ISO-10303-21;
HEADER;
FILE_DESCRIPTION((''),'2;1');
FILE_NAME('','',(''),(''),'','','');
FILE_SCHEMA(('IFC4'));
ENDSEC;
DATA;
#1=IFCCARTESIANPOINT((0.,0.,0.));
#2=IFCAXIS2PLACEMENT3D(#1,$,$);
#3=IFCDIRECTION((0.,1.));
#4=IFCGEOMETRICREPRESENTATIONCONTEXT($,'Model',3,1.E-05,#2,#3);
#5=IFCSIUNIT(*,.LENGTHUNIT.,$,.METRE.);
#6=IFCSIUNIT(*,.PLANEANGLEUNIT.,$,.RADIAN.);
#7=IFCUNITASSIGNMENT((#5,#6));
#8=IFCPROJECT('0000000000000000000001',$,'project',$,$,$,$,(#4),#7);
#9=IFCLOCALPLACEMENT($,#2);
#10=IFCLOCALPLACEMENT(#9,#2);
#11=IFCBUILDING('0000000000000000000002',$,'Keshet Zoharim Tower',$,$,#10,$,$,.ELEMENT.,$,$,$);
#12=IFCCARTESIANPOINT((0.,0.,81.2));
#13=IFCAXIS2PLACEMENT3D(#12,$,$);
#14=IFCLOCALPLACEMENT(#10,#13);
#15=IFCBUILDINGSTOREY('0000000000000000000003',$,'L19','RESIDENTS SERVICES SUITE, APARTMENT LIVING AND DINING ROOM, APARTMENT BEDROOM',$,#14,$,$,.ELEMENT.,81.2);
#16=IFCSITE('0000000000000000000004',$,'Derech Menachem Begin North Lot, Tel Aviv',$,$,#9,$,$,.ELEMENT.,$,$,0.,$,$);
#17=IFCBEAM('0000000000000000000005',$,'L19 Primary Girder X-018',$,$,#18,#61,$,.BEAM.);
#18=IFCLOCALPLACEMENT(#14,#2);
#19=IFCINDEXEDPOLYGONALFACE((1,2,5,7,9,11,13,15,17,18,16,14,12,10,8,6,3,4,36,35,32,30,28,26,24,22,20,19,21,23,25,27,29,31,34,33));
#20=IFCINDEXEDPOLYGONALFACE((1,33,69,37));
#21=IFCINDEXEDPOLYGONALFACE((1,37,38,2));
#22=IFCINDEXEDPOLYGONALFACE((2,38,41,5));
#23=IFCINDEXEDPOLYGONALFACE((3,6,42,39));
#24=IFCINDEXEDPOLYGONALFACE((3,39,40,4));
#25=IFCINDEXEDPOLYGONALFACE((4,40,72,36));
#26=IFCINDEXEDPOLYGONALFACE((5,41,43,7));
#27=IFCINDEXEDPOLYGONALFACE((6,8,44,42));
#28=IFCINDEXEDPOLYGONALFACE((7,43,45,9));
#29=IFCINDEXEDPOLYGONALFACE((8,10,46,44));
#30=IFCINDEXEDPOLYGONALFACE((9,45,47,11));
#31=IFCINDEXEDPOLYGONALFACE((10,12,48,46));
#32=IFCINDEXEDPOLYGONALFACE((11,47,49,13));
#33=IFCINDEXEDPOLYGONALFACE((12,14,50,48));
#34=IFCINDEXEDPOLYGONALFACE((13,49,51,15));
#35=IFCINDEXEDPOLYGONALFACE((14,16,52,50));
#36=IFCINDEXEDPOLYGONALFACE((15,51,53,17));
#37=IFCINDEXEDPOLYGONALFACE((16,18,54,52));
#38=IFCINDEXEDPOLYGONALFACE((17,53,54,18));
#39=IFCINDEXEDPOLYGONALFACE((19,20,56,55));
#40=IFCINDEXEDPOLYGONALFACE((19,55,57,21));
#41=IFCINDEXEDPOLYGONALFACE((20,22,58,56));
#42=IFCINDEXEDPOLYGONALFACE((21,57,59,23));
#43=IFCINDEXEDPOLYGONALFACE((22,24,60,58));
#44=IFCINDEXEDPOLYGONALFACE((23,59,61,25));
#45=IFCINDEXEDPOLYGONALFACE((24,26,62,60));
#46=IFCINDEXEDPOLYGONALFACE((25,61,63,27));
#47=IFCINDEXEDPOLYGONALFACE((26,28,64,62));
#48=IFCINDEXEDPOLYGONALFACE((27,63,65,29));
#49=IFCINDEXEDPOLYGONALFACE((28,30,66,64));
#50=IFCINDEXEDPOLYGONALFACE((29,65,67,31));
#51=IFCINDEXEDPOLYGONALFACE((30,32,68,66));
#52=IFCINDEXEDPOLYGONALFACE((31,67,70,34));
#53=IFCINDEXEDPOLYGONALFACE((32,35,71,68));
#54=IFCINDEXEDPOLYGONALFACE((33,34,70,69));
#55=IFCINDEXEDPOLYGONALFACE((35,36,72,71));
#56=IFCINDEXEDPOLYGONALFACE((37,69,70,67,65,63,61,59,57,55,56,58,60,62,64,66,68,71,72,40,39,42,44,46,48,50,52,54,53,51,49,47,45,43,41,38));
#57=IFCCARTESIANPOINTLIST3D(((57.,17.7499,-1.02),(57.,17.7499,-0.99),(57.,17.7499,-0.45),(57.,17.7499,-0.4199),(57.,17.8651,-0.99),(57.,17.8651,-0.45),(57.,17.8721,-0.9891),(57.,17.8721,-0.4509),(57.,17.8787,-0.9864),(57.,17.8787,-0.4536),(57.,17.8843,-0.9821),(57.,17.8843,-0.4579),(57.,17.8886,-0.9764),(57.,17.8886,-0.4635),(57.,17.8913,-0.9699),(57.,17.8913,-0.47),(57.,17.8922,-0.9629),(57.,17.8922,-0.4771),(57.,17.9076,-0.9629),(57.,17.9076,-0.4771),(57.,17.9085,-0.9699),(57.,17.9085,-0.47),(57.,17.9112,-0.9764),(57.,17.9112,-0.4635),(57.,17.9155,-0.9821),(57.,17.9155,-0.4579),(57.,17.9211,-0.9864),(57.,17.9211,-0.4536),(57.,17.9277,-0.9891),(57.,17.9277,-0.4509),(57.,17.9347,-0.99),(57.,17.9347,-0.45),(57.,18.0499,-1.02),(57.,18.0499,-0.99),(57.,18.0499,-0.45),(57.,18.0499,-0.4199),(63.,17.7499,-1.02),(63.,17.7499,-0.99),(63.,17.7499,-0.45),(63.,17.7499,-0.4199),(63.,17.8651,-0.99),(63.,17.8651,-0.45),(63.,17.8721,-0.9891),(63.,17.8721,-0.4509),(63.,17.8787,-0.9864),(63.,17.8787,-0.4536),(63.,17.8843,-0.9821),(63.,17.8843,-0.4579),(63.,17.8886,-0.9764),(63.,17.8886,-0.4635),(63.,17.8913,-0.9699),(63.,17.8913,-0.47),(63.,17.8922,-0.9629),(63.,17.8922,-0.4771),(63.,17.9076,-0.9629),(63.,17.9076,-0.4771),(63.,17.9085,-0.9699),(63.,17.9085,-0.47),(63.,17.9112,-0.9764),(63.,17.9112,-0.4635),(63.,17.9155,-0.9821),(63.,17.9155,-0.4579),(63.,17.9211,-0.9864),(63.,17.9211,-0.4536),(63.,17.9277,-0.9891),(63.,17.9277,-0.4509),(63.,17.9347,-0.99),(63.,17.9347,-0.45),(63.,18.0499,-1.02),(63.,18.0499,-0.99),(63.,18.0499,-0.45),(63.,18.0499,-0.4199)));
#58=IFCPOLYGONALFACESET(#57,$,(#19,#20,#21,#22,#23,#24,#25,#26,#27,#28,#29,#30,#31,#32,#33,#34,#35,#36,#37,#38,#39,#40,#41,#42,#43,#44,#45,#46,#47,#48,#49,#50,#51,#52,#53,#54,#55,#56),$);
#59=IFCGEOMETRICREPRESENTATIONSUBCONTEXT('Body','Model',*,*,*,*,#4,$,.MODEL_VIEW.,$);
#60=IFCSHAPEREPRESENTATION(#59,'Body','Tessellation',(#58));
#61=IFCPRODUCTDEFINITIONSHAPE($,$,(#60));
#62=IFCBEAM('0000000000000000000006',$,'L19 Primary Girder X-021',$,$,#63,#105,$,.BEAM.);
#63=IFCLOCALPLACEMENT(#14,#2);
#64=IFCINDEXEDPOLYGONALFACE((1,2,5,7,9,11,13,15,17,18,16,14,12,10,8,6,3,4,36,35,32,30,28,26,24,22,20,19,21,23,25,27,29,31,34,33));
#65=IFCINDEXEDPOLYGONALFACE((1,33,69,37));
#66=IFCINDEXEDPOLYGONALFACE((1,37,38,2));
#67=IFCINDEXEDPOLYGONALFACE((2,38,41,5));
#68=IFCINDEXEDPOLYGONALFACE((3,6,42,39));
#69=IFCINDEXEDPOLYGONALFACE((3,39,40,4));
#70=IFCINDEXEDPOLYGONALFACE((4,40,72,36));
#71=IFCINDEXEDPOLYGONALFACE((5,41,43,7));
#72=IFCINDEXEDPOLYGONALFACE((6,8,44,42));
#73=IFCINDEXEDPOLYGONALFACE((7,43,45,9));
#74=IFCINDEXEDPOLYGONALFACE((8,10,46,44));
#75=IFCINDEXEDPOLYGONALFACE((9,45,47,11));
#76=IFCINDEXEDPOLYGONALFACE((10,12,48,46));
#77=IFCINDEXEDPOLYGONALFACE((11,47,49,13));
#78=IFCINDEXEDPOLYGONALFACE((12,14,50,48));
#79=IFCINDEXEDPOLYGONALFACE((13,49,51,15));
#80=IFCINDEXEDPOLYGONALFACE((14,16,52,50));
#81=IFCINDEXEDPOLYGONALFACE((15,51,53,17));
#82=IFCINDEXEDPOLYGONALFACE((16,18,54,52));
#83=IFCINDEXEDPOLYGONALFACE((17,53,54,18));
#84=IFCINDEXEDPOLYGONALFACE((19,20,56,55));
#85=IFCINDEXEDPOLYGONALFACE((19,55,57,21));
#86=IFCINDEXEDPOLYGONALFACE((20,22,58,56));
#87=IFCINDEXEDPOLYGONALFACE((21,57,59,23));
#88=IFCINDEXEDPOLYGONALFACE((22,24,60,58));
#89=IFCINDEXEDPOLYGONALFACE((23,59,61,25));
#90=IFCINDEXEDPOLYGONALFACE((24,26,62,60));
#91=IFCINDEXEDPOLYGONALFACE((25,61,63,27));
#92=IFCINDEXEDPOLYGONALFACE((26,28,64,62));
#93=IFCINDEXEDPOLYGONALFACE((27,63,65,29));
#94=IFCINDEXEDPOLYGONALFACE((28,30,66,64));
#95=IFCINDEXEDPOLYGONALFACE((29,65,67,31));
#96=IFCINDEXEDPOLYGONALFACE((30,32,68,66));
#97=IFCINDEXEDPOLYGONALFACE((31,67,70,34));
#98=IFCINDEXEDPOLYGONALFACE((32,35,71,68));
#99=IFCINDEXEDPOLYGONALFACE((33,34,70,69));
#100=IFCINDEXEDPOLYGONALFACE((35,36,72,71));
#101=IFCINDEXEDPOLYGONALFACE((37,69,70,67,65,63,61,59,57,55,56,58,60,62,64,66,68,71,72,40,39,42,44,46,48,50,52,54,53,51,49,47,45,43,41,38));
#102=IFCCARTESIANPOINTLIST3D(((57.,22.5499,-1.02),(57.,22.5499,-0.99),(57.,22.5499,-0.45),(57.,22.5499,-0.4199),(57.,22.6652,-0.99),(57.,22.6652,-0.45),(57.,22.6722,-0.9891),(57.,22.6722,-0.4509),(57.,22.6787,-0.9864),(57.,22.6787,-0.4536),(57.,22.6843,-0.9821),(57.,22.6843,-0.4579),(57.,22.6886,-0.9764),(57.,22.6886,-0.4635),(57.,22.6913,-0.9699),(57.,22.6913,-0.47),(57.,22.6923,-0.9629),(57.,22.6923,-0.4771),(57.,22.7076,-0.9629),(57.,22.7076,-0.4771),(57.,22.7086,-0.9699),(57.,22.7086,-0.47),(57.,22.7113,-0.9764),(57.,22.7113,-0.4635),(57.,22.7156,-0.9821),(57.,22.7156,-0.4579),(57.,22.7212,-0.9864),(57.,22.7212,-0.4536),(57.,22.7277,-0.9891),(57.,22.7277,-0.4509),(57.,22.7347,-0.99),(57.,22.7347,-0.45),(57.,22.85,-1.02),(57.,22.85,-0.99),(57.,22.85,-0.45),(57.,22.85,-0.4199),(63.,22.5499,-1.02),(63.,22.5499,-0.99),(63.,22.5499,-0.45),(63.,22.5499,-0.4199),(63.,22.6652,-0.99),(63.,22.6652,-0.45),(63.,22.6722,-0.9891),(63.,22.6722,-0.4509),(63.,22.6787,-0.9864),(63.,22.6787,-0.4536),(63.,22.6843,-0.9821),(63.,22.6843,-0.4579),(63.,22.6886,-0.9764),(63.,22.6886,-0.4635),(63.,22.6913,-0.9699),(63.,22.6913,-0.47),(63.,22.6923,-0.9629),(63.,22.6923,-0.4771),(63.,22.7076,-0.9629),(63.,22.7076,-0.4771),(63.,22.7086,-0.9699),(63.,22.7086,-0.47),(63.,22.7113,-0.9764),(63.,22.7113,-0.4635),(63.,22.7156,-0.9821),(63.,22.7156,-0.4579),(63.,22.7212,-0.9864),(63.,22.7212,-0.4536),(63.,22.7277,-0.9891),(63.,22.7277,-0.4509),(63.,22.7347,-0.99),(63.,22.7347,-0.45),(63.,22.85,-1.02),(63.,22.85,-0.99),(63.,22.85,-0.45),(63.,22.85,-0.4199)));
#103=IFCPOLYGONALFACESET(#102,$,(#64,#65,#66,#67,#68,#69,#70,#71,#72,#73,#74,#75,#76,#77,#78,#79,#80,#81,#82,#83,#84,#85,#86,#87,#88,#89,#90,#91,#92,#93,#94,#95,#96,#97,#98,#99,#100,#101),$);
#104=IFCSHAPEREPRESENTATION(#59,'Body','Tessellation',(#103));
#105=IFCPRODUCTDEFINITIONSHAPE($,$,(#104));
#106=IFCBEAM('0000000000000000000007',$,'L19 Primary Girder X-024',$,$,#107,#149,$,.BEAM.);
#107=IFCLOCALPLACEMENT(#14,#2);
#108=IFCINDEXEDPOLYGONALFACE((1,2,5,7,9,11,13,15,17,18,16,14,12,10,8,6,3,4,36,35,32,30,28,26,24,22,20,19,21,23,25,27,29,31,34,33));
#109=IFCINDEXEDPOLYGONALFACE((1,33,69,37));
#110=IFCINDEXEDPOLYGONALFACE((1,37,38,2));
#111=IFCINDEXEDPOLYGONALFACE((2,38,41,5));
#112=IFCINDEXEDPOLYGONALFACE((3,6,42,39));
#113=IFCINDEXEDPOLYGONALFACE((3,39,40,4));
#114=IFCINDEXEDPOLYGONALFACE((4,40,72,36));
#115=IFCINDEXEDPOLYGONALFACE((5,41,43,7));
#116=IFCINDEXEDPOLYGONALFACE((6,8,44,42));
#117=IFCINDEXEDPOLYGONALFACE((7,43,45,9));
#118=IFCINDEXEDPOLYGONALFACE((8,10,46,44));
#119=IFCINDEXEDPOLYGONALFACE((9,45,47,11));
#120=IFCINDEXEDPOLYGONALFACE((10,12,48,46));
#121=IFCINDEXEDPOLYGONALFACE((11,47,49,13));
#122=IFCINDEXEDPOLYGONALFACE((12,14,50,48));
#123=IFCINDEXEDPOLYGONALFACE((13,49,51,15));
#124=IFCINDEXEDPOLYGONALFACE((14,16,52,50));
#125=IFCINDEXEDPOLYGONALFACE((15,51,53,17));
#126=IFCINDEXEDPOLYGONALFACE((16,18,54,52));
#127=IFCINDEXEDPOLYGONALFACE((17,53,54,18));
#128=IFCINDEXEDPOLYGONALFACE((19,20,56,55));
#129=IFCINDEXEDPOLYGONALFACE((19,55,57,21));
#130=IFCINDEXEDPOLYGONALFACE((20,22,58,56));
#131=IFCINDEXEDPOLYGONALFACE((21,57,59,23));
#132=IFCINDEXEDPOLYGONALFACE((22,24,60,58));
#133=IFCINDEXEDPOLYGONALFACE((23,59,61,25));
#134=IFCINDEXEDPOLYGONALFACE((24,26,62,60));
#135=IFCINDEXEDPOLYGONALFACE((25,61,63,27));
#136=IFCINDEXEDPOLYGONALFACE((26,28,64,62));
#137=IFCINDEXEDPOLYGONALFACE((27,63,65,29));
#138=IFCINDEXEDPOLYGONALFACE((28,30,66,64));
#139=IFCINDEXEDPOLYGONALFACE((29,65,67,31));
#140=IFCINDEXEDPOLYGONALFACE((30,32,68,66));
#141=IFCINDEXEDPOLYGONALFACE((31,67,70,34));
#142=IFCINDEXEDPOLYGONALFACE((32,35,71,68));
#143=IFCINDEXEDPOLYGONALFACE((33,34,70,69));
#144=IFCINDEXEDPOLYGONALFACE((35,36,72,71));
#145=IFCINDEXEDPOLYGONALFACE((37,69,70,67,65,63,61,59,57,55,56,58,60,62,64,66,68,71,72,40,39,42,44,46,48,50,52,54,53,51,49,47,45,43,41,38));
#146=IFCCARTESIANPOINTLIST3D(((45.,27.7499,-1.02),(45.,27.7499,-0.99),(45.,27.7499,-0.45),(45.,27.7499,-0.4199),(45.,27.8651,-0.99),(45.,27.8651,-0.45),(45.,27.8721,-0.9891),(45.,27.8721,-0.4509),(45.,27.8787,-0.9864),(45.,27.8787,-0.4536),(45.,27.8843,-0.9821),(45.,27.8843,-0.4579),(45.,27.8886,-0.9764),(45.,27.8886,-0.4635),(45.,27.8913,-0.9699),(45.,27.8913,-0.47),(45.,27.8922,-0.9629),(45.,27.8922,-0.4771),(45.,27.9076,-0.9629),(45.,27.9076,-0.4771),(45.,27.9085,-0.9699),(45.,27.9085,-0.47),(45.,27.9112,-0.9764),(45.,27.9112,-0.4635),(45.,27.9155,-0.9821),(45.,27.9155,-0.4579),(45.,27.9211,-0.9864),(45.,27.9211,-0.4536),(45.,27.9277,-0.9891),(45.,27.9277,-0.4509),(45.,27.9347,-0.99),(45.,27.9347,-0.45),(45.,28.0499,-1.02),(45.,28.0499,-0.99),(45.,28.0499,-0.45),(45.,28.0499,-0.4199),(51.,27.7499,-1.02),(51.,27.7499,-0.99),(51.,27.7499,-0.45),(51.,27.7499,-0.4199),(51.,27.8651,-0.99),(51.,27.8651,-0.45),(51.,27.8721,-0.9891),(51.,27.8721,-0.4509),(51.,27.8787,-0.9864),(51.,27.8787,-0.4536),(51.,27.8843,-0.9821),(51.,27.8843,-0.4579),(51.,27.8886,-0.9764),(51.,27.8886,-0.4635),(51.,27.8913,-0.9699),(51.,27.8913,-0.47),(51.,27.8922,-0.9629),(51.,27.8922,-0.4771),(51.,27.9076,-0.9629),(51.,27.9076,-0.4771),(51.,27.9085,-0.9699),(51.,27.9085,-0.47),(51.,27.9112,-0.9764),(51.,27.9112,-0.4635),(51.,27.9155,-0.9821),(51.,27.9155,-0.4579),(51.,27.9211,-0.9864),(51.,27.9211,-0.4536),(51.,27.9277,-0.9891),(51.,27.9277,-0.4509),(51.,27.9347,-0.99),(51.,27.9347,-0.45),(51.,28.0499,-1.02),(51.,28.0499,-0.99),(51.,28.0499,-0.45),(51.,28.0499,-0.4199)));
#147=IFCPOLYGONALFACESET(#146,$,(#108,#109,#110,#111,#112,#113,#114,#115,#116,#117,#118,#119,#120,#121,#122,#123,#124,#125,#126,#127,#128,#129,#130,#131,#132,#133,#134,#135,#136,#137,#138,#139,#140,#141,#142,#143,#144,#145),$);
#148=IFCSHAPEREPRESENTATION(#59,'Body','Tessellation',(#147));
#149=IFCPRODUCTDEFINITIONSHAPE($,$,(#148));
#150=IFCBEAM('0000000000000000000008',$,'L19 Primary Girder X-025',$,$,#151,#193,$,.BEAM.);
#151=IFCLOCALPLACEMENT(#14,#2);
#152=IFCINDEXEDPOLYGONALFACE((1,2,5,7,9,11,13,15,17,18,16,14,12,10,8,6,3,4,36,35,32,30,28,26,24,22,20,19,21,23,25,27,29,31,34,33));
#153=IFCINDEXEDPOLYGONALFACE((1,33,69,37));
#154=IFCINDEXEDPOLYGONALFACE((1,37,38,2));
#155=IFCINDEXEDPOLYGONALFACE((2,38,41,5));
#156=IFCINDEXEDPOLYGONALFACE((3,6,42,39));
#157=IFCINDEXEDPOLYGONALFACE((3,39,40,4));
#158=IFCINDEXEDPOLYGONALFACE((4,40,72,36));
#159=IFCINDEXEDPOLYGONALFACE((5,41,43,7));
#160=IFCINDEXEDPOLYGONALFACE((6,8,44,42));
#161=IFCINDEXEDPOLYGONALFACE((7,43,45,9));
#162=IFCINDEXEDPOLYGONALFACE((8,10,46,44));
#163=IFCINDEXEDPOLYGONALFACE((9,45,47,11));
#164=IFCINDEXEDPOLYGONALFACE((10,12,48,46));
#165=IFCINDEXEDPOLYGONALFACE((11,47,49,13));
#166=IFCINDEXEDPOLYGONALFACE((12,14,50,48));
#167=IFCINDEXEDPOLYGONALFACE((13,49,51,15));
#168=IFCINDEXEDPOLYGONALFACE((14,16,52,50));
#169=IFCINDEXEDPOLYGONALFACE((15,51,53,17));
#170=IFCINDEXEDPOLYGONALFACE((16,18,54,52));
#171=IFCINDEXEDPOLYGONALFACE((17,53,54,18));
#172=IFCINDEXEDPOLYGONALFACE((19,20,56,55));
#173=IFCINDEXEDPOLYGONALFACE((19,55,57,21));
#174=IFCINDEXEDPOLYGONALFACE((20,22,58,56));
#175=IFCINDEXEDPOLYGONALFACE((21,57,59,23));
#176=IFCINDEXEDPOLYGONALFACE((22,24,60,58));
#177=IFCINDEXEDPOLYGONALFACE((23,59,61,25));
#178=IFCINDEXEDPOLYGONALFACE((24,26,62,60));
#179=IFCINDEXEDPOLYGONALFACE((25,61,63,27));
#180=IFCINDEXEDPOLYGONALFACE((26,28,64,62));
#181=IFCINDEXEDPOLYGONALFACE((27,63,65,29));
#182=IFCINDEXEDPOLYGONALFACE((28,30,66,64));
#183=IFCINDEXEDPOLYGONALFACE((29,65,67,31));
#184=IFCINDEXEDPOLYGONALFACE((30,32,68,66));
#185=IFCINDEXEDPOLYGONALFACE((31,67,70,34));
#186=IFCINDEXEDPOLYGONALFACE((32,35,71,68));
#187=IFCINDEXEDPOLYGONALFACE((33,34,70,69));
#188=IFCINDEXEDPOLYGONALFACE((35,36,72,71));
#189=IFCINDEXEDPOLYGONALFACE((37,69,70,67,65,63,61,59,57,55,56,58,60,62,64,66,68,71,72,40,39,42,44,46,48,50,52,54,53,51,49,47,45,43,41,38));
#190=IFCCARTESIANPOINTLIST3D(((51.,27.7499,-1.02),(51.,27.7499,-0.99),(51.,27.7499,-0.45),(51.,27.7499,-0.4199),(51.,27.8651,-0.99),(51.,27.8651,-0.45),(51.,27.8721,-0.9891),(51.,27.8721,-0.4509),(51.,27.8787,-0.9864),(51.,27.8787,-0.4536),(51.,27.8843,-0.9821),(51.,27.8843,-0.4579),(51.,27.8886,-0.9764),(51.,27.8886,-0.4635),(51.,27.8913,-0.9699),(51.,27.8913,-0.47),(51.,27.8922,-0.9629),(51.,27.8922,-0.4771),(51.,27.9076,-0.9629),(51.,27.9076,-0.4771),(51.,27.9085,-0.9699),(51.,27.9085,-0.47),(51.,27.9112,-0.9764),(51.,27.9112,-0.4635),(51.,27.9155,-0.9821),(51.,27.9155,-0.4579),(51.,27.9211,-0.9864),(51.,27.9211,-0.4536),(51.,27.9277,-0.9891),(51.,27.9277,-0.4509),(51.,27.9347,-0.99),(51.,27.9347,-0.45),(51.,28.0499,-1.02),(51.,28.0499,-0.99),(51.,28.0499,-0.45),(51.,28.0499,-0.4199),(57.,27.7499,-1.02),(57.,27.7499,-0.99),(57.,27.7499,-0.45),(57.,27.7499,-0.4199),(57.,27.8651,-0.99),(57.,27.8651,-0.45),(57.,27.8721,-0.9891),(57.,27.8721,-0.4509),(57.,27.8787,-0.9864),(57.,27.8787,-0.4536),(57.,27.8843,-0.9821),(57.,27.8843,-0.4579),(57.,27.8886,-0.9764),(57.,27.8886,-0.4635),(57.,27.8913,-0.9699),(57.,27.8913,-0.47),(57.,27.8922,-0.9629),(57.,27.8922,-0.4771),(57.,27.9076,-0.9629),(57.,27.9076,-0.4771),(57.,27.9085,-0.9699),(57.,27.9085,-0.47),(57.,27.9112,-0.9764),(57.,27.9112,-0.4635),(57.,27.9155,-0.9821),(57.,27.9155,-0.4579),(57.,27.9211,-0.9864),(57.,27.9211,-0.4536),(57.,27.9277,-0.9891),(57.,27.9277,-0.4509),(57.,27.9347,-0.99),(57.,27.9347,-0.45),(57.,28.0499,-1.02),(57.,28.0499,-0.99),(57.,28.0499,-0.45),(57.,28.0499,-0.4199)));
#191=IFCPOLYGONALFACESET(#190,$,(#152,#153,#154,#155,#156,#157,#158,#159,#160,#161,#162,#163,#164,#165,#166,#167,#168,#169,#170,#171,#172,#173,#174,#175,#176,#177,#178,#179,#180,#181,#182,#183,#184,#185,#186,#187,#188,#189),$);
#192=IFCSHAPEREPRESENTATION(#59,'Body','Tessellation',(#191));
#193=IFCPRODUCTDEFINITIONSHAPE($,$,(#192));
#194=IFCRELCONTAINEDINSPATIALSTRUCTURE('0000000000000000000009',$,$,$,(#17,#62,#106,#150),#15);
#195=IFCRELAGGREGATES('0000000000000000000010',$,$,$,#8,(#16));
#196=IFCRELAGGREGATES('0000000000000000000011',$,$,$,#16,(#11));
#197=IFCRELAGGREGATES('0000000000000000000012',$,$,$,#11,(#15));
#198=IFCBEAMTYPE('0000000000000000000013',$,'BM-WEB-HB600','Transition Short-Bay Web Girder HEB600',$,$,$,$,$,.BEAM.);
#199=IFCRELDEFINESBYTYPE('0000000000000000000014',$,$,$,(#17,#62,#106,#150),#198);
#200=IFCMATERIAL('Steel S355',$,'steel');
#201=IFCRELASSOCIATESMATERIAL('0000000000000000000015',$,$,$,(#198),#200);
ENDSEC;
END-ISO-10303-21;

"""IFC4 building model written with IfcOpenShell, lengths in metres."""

from ifc_helpers import new_model, si_unit, direction, frame, origin, origin_2d, place, context, subcontext, project, spatial, i_section, extrude, material, material_profile, profile_set, type_object, element, save


model = new_model("IFC4")

# Units and contexts
model_context = context("Model", 3, precision=1e-05, world=origin(), true_north=direction((0.0, 1.0)))
body_context = subcontext(model_context, "Body", "Model", "MODEL_VIEW")
ifc_project = project(units=[si_unit("LENGTHUNIT", "METRE"), si_unit("PLANEANGLEUNIT", "RADIAN")], contexts=[model_context])

# Site, building, storey
site_placement = place(None, origin())
site = spatial("IfcSite", under=ifc_project, at=site_placement, Name="Derech Menachem Begin North Lot, Tel Aviv", CompositionType="ELEMENT", RefElevation=0.0)
building_placement = place(site_placement, origin())
building = spatial("IfcBuilding", under=site, at=building_placement, Name="Keshet Zoharim Tower", CompositionType="ELEMENT")
storey_placement = place(building_placement, frame((0.0, 0.0, 81.2)))
storey = spatial("IfcBuildingStorey", under=building, at=storey_placement, Name="L19", Description="RESIDENTS SERVICES SUITE, APARTMENT LIVING AND DINING ROOM, APARTMENT BEDROOM", CompositionType="ELEMENT", Elevation=81.2)

# Beams
ifc_material_1 = material(Name="Steel S355", Category="steel")
ifc_material_profile_1 = material_profile(ifc_material_1, i_section(OverallWidth=0.3, OverallDepth=0.6001, WebThickness=0.0154, FlangeThickness=0.03, FilletRadius=0.0271, at=origin_2d()), Name="HEB600")
ifc_profile_set_1 = profile_set([ifc_material_profile_1], Name="Steel S355")
beam_type_1 = type_object("IfcBeamType", Name="BM-WEB-HB600", Description="Transition Short-Bay Web Girder HEB600", PredefinedType="BEAM", material=ifc_profile_set_1)
for number, where, z_axis, x_axis, name in (
    (1, (57.0, 17.8999, -0.72), (1.0, 0.0, 0.0), (0.0, 1.0, 0.0), "L19 Primary Girder X-018"),
    (2, (57.0, 22.7, -0.72), (1.0, 0.0, 0.0), (0.0, 1.0, 0.0), "L19 Primary Girder X-021"),
    (3, (45.0, 27.8999, -0.72), (1.0, 0.0, 0.0), (0.0, 1.0, 0.0), "L19 Primary Girder X-024"),
    (4, (51.0, 27.8999, -0.72), (1.0, 0.0, 0.0), (0.0, 1.0, 0.0), "L19 Primary Girder X-025"),
):
    element("IfcBeam", number, at=place(storey_placement, frame(where, z_axis=z_axis, x_axis=x_axis)), inside=storey, type_object=beam_type_1, Name=name, PredefinedType="BEAM", context=body_context, shape_type="SweptSolid", body=[
        extrude(i_section(OverallWidth=0.3, OverallDepth=0.6001, WebThickness=0.0154, FlangeThickness=0.03, FilletRadius=0.0271, at=origin_2d()), origin(), (0.0, 0.0, 1.0), 6.0),
    ])

save(model, "model.ifc")
